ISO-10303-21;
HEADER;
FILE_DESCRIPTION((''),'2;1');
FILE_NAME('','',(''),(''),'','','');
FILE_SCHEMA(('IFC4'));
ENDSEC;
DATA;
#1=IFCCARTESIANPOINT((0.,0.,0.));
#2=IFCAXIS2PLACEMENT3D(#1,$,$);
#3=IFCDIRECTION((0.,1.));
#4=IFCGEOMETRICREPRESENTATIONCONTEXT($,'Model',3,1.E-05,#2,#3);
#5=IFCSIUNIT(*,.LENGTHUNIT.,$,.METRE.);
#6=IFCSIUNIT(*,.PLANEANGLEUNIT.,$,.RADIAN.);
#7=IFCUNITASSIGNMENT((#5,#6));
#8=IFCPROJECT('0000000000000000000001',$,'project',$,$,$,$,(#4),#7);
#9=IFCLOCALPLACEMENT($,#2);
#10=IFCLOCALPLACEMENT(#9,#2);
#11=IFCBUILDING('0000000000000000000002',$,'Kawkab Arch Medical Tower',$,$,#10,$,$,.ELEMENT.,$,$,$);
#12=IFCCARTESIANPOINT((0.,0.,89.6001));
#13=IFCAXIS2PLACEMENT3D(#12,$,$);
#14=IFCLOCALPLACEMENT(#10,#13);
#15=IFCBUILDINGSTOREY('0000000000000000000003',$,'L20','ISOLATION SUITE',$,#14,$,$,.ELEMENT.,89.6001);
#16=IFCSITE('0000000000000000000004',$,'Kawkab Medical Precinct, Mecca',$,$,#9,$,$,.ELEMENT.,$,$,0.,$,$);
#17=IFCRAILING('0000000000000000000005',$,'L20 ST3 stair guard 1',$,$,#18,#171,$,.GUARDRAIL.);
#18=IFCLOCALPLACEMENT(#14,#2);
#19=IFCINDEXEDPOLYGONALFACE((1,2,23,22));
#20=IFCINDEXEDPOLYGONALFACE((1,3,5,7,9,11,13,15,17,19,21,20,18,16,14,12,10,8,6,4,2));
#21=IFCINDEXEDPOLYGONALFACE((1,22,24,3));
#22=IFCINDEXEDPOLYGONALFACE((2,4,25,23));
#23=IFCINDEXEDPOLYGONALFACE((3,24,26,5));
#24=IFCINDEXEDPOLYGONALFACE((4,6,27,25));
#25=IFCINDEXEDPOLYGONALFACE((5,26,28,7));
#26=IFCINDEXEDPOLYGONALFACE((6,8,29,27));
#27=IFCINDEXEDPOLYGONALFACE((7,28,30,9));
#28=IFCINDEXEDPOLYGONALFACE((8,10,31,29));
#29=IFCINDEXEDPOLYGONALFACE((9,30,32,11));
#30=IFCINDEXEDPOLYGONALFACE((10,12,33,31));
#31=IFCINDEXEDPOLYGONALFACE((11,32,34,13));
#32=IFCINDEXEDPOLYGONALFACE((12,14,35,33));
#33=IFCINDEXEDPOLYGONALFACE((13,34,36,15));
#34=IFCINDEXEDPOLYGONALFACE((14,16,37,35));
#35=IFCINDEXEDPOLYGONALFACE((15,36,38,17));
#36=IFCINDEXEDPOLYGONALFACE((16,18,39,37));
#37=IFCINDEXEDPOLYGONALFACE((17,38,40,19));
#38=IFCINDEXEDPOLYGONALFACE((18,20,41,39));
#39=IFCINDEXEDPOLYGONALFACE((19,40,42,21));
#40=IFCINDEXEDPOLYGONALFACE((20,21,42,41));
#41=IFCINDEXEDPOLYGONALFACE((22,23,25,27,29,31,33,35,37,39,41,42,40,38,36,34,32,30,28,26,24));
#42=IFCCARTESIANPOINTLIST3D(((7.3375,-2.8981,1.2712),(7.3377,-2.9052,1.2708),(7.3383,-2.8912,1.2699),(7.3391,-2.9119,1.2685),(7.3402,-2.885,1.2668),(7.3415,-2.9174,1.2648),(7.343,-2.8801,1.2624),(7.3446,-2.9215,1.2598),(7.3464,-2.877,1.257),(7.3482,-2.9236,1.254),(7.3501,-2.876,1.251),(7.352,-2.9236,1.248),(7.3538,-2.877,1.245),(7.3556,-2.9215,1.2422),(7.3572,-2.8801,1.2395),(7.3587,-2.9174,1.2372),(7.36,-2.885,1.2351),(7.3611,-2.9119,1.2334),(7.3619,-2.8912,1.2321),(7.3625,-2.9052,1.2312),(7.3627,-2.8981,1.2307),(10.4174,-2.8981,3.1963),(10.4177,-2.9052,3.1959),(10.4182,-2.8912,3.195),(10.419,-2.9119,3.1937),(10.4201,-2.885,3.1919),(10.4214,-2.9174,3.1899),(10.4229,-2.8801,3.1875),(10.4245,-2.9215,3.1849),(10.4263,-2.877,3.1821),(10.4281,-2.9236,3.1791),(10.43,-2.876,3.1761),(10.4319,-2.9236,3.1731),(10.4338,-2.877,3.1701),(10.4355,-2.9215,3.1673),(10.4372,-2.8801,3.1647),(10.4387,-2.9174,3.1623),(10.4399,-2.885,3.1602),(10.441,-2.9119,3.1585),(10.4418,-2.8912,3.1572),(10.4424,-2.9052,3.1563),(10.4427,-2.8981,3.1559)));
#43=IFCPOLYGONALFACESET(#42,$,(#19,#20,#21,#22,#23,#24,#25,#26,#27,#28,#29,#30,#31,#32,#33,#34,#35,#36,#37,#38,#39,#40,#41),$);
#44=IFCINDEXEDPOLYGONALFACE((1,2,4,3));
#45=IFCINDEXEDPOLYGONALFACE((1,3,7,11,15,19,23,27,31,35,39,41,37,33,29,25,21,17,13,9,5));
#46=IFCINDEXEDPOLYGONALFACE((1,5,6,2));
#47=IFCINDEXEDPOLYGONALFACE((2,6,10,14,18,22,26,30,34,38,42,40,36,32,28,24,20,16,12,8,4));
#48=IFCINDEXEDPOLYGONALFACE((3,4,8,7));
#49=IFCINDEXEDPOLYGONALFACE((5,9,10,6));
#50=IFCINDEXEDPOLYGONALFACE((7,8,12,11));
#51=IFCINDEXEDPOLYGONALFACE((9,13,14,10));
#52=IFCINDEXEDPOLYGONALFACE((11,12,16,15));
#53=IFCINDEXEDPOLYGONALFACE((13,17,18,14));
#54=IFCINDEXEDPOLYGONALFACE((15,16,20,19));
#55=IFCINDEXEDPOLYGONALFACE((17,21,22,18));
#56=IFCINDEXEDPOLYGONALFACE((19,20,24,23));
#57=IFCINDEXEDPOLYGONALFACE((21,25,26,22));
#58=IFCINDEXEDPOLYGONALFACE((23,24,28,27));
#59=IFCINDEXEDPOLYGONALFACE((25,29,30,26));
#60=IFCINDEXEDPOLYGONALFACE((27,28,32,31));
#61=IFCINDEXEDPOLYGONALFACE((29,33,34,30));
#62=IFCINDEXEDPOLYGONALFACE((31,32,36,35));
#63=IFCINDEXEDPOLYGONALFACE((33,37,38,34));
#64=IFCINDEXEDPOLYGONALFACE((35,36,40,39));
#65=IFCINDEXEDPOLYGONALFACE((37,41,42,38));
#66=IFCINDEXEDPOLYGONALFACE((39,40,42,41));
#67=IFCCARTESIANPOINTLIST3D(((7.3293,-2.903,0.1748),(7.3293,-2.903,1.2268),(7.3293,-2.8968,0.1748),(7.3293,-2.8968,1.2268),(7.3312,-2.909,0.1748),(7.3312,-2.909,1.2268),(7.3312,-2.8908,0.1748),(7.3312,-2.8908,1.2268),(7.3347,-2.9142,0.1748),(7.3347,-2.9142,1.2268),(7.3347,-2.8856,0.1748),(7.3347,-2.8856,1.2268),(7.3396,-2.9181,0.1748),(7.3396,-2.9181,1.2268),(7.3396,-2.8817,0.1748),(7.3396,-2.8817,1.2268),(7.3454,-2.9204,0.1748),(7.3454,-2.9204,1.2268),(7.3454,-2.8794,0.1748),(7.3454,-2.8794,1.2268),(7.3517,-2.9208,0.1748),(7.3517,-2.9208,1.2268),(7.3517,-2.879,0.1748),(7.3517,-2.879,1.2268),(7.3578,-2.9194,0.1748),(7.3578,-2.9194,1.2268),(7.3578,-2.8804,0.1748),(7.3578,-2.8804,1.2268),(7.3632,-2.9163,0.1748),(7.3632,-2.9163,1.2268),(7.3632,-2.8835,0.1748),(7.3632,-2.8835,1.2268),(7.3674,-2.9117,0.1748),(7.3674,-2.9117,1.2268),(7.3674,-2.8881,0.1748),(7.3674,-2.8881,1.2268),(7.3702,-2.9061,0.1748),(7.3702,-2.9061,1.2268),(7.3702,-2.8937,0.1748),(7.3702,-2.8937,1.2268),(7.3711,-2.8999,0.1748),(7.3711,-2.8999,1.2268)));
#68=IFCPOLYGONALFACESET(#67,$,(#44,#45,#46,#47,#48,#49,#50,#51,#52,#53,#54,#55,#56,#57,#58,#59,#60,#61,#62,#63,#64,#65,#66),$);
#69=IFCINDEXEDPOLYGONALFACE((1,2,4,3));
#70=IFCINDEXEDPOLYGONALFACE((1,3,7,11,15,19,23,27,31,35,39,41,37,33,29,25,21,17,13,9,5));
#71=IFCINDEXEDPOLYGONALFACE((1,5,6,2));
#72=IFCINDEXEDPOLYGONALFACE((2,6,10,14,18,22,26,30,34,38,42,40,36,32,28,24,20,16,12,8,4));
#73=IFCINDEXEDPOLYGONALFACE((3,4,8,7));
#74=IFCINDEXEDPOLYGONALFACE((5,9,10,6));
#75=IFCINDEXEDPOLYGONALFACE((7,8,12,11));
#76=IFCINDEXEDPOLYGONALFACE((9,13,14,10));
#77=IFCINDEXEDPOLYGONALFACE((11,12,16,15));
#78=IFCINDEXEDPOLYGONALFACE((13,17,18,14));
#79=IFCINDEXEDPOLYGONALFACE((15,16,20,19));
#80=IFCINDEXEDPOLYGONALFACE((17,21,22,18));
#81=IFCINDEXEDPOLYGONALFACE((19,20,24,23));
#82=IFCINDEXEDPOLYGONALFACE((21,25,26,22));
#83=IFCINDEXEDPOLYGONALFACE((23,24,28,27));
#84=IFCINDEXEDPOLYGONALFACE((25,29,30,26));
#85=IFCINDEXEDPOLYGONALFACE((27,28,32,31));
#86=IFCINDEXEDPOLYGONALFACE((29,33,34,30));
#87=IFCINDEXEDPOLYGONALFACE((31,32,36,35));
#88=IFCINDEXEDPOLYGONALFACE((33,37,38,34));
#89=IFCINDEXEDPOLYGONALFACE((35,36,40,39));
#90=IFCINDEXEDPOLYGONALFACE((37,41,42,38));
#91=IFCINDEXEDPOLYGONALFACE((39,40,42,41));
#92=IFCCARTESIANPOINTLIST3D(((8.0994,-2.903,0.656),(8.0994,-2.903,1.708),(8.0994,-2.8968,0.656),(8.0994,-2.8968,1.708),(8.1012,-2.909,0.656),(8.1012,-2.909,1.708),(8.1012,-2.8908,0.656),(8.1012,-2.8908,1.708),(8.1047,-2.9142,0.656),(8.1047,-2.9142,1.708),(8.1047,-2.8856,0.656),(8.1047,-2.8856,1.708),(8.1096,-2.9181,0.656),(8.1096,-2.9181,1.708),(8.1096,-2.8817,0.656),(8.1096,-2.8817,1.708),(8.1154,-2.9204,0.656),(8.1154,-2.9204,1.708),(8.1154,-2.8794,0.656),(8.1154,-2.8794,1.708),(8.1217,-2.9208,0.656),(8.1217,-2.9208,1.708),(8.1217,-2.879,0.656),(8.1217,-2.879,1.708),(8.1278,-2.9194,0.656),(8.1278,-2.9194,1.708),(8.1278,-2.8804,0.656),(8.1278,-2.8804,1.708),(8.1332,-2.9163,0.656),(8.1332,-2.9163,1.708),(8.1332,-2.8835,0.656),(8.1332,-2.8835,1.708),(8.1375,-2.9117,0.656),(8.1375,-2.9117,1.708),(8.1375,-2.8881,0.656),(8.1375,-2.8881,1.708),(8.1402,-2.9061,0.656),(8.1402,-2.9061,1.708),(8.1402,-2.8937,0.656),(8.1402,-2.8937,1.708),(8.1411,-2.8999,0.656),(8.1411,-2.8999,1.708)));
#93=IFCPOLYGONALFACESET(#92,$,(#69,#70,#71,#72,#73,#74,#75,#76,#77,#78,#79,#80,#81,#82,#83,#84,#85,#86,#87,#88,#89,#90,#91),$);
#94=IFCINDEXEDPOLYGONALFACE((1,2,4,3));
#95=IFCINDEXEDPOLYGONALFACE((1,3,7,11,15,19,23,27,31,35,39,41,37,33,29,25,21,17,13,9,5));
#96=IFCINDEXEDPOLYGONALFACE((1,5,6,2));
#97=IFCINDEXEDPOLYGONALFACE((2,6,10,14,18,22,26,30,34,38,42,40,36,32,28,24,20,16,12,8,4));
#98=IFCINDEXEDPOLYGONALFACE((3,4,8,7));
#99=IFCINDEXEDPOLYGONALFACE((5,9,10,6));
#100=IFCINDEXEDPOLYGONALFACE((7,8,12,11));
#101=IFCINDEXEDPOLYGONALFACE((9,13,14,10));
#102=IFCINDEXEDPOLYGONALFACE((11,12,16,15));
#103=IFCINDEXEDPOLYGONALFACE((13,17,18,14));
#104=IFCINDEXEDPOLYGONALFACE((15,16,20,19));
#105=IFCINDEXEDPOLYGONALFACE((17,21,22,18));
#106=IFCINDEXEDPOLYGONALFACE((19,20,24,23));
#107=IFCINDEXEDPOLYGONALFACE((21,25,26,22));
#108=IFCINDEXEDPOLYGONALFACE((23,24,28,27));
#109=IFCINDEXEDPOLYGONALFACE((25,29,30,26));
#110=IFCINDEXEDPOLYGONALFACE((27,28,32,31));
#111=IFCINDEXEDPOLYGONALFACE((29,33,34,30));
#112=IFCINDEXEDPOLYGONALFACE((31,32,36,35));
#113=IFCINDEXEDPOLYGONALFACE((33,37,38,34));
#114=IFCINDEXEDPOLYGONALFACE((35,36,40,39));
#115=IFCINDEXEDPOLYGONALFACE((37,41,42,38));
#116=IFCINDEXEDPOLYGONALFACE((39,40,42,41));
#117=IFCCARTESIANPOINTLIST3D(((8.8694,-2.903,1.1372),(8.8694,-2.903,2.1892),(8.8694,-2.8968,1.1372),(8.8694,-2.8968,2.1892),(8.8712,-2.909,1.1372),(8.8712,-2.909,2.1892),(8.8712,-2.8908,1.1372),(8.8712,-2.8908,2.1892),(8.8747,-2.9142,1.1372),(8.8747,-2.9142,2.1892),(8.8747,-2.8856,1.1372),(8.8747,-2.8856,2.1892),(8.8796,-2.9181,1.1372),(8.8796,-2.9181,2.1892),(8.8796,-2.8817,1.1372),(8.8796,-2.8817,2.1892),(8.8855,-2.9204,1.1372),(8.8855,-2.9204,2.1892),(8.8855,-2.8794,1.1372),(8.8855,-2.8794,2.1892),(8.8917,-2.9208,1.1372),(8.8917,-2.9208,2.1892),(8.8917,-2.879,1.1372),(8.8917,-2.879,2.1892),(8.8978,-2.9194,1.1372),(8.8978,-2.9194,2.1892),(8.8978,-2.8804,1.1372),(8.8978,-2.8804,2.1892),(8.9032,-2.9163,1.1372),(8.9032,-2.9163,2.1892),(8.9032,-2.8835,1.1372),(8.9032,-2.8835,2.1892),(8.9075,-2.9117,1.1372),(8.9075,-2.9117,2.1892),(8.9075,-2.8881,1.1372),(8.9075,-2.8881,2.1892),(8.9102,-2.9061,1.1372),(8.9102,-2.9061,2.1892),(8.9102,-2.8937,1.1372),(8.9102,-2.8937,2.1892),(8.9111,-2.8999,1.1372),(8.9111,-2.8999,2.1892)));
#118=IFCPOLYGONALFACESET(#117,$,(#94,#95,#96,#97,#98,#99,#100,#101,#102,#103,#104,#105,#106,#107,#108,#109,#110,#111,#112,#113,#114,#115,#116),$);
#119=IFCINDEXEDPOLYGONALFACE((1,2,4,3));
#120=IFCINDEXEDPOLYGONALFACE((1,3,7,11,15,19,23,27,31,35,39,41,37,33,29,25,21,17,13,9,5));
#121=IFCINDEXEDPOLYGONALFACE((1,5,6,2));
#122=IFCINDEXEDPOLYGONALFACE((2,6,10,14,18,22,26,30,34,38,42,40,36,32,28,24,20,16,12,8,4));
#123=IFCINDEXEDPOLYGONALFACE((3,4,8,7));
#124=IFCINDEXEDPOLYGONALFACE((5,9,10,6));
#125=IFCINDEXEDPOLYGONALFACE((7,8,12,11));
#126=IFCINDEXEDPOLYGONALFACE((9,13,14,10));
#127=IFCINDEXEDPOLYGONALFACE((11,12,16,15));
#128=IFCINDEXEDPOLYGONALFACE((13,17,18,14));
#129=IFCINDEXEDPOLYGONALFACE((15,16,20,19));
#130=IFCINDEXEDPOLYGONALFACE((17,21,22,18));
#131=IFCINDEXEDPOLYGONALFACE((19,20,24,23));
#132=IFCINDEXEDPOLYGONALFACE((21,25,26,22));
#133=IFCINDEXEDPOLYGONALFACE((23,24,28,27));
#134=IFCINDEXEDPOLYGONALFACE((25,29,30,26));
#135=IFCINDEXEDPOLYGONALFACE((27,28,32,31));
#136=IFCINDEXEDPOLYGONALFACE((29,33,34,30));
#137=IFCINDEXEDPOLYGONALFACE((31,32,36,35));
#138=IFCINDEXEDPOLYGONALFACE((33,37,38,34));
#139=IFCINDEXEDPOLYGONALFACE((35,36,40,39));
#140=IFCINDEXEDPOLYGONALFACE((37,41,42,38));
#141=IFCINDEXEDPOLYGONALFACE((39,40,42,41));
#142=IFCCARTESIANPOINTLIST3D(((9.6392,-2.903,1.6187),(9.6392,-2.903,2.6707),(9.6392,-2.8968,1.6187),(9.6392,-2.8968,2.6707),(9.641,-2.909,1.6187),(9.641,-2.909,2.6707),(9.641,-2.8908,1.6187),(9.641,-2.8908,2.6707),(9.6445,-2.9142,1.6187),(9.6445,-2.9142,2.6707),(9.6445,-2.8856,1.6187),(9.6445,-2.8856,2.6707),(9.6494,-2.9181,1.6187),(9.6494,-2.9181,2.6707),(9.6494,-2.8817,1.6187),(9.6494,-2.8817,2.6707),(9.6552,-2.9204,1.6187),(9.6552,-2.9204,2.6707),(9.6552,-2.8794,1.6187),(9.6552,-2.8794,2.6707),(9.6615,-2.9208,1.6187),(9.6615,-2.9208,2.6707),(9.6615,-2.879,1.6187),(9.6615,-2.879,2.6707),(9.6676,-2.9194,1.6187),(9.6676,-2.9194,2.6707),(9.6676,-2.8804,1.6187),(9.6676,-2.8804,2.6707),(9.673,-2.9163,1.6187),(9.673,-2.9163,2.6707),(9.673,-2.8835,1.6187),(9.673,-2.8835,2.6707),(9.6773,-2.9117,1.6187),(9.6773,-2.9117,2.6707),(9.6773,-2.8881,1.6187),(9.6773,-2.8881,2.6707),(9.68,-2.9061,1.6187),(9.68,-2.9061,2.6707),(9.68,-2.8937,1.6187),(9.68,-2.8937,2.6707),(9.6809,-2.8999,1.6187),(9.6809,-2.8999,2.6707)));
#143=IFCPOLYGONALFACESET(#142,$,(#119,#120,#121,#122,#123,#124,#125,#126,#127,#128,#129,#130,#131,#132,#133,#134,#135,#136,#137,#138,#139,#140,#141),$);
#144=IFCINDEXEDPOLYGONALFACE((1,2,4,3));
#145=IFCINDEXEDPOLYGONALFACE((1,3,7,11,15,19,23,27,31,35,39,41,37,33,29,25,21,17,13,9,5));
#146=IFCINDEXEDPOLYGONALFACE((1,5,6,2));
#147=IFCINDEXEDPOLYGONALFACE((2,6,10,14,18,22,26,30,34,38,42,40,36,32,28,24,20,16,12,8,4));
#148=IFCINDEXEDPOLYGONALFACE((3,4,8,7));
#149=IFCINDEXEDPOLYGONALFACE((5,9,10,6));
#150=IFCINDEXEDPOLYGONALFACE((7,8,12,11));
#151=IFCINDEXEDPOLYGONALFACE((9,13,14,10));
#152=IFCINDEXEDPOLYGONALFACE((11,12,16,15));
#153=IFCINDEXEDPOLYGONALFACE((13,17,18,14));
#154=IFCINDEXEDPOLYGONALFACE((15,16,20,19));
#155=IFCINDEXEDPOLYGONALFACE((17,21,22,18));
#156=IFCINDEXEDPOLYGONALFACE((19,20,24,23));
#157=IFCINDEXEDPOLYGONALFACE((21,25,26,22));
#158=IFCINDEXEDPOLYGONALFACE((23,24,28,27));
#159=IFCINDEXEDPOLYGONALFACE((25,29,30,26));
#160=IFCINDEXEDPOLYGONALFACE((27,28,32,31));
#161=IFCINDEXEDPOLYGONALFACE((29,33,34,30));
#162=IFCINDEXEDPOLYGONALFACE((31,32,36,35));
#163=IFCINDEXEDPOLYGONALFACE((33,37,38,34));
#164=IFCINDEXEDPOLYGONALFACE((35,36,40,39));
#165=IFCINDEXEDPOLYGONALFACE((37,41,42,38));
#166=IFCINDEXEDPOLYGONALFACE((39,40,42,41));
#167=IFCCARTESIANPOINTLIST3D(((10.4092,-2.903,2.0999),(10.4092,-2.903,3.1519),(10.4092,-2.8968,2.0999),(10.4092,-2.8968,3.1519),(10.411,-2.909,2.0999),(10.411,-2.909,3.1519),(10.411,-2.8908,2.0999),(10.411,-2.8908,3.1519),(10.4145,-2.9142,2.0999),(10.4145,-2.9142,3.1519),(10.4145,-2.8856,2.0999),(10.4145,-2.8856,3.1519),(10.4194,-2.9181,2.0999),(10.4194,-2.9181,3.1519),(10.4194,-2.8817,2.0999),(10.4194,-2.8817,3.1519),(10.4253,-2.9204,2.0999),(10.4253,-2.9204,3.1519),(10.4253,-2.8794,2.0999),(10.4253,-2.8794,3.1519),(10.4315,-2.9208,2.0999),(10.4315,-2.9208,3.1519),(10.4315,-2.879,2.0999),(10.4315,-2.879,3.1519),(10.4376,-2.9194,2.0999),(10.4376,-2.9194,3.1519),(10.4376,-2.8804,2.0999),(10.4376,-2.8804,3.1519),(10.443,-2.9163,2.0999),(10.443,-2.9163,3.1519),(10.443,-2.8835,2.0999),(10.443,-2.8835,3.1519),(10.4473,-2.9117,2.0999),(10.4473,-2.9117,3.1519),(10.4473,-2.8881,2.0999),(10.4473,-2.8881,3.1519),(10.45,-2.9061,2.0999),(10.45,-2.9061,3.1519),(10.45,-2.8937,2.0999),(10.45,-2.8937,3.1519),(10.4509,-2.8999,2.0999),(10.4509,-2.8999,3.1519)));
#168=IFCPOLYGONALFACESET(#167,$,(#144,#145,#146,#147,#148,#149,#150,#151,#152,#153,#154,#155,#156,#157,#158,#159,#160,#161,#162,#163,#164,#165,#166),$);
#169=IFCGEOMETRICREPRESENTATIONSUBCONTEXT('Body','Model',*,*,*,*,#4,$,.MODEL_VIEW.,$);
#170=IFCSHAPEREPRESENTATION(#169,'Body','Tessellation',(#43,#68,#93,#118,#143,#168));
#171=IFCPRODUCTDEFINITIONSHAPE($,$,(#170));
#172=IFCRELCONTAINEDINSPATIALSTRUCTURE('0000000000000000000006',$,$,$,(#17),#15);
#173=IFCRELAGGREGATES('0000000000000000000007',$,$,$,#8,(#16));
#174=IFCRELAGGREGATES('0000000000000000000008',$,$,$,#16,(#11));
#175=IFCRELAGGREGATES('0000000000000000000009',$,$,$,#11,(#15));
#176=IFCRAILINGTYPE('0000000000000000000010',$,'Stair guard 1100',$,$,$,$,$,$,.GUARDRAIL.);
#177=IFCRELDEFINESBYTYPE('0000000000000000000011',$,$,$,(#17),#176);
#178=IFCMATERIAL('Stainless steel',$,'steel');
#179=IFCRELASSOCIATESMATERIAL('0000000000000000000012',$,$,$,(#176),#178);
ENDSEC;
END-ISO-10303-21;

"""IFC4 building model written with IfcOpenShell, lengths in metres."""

from ifc_helpers import new_model, si_unit, direction, frame, origin, origin_2d, place, context, subcontext, project, spatial, circle, extrude, material, type_object, element, save


model = new_model("IFC4")

# Units and contexts
model_context = context("Model", 3, precision=1e-05, world=origin(), true_north=direction((0.0, 1.0)))
body_context = subcontext(model_context, "Body", "Model", "MODEL_VIEW")
ifc_project = project(units=[si_unit("LENGTHUNIT", "METRE"), si_unit("PLANEANGLEUNIT", "RADIAN")], contexts=[model_context])

# Site, building, storey
site_placement = place(None, origin())
site = spatial("IfcSite", under=ifc_project, at=site_placement, Name="Kawkab Medical Precinct, Mecca", CompositionType="ELEMENT", RefElevation=0.0)
building_placement = place(site_placement, origin())
building = spatial("IfcBuilding", under=site, at=building_placement, Name="Kawkab Arch Medical Tower", CompositionType="ELEMENT")
storey_placement = place(building_placement, frame((0.0, 0.0, 89.6001)))
storey = spatial("IfcBuildingStorey", under=building, at=storey_placement, Name="L20", Description="ISOLATION SUITE", CompositionType="ELEMENT", Elevation=89.6001)

# Railing
ifc_material_1 = material(Name="Stainless steel", Category="steel")
railing_type = type_object("IfcRailingType", Name="Stair guard 1100", PredefinedType="GUARDRAIL", material=ifc_material_1)
railing_1_placement = place(storey_placement, frame((7.3501, -2.8999, 0.1748)))
element("IfcRailing", 1, at=railing_1_placement, inside=storey, type_object=railing_type, Name="L20 ST3 stair guard 1", PredefinedType="GUARDRAIL", context=body_context, shape_type="SweptSolid", body=[
    extrude(circle(Radius=0.0239, at=origin_2d()), frame((0.0, 0.0, 1.0762), z_axis=(0.847979, 0.0, 0.530029), x_axis=(0.0, 1.0, 0.0)), (0.0, 0.0, 1.0), 3.6321),
    extrude(circle(Radius=0.021, at=origin_2d()), origin(), (0.0, 0.0, 1.0), 1.052),
    extrude(circle(Radius=0.021, at=origin_2d()), frame((0.77, 0.0, 0.4812)), (0.0, 0.0, 1.0), 1.052),
    extrude(circle(Radius=0.021, at=origin_2d()), frame((1.54, 0.0, 0.9624)), (0.0, 0.0, 1.0), 1.052),
    extrude(circle(Radius=0.021, at=origin_2d()), frame((2.3098, 0.0, 1.4438)), (0.0, 0.0, 1.0), 1.052),
    extrude(circle(Radius=0.021, at=origin_2d()), frame((3.0798, 0.0, 1.925)), (0.0, 0.0, 1.0), 1.052),
])

save(model, "model.ifc")
